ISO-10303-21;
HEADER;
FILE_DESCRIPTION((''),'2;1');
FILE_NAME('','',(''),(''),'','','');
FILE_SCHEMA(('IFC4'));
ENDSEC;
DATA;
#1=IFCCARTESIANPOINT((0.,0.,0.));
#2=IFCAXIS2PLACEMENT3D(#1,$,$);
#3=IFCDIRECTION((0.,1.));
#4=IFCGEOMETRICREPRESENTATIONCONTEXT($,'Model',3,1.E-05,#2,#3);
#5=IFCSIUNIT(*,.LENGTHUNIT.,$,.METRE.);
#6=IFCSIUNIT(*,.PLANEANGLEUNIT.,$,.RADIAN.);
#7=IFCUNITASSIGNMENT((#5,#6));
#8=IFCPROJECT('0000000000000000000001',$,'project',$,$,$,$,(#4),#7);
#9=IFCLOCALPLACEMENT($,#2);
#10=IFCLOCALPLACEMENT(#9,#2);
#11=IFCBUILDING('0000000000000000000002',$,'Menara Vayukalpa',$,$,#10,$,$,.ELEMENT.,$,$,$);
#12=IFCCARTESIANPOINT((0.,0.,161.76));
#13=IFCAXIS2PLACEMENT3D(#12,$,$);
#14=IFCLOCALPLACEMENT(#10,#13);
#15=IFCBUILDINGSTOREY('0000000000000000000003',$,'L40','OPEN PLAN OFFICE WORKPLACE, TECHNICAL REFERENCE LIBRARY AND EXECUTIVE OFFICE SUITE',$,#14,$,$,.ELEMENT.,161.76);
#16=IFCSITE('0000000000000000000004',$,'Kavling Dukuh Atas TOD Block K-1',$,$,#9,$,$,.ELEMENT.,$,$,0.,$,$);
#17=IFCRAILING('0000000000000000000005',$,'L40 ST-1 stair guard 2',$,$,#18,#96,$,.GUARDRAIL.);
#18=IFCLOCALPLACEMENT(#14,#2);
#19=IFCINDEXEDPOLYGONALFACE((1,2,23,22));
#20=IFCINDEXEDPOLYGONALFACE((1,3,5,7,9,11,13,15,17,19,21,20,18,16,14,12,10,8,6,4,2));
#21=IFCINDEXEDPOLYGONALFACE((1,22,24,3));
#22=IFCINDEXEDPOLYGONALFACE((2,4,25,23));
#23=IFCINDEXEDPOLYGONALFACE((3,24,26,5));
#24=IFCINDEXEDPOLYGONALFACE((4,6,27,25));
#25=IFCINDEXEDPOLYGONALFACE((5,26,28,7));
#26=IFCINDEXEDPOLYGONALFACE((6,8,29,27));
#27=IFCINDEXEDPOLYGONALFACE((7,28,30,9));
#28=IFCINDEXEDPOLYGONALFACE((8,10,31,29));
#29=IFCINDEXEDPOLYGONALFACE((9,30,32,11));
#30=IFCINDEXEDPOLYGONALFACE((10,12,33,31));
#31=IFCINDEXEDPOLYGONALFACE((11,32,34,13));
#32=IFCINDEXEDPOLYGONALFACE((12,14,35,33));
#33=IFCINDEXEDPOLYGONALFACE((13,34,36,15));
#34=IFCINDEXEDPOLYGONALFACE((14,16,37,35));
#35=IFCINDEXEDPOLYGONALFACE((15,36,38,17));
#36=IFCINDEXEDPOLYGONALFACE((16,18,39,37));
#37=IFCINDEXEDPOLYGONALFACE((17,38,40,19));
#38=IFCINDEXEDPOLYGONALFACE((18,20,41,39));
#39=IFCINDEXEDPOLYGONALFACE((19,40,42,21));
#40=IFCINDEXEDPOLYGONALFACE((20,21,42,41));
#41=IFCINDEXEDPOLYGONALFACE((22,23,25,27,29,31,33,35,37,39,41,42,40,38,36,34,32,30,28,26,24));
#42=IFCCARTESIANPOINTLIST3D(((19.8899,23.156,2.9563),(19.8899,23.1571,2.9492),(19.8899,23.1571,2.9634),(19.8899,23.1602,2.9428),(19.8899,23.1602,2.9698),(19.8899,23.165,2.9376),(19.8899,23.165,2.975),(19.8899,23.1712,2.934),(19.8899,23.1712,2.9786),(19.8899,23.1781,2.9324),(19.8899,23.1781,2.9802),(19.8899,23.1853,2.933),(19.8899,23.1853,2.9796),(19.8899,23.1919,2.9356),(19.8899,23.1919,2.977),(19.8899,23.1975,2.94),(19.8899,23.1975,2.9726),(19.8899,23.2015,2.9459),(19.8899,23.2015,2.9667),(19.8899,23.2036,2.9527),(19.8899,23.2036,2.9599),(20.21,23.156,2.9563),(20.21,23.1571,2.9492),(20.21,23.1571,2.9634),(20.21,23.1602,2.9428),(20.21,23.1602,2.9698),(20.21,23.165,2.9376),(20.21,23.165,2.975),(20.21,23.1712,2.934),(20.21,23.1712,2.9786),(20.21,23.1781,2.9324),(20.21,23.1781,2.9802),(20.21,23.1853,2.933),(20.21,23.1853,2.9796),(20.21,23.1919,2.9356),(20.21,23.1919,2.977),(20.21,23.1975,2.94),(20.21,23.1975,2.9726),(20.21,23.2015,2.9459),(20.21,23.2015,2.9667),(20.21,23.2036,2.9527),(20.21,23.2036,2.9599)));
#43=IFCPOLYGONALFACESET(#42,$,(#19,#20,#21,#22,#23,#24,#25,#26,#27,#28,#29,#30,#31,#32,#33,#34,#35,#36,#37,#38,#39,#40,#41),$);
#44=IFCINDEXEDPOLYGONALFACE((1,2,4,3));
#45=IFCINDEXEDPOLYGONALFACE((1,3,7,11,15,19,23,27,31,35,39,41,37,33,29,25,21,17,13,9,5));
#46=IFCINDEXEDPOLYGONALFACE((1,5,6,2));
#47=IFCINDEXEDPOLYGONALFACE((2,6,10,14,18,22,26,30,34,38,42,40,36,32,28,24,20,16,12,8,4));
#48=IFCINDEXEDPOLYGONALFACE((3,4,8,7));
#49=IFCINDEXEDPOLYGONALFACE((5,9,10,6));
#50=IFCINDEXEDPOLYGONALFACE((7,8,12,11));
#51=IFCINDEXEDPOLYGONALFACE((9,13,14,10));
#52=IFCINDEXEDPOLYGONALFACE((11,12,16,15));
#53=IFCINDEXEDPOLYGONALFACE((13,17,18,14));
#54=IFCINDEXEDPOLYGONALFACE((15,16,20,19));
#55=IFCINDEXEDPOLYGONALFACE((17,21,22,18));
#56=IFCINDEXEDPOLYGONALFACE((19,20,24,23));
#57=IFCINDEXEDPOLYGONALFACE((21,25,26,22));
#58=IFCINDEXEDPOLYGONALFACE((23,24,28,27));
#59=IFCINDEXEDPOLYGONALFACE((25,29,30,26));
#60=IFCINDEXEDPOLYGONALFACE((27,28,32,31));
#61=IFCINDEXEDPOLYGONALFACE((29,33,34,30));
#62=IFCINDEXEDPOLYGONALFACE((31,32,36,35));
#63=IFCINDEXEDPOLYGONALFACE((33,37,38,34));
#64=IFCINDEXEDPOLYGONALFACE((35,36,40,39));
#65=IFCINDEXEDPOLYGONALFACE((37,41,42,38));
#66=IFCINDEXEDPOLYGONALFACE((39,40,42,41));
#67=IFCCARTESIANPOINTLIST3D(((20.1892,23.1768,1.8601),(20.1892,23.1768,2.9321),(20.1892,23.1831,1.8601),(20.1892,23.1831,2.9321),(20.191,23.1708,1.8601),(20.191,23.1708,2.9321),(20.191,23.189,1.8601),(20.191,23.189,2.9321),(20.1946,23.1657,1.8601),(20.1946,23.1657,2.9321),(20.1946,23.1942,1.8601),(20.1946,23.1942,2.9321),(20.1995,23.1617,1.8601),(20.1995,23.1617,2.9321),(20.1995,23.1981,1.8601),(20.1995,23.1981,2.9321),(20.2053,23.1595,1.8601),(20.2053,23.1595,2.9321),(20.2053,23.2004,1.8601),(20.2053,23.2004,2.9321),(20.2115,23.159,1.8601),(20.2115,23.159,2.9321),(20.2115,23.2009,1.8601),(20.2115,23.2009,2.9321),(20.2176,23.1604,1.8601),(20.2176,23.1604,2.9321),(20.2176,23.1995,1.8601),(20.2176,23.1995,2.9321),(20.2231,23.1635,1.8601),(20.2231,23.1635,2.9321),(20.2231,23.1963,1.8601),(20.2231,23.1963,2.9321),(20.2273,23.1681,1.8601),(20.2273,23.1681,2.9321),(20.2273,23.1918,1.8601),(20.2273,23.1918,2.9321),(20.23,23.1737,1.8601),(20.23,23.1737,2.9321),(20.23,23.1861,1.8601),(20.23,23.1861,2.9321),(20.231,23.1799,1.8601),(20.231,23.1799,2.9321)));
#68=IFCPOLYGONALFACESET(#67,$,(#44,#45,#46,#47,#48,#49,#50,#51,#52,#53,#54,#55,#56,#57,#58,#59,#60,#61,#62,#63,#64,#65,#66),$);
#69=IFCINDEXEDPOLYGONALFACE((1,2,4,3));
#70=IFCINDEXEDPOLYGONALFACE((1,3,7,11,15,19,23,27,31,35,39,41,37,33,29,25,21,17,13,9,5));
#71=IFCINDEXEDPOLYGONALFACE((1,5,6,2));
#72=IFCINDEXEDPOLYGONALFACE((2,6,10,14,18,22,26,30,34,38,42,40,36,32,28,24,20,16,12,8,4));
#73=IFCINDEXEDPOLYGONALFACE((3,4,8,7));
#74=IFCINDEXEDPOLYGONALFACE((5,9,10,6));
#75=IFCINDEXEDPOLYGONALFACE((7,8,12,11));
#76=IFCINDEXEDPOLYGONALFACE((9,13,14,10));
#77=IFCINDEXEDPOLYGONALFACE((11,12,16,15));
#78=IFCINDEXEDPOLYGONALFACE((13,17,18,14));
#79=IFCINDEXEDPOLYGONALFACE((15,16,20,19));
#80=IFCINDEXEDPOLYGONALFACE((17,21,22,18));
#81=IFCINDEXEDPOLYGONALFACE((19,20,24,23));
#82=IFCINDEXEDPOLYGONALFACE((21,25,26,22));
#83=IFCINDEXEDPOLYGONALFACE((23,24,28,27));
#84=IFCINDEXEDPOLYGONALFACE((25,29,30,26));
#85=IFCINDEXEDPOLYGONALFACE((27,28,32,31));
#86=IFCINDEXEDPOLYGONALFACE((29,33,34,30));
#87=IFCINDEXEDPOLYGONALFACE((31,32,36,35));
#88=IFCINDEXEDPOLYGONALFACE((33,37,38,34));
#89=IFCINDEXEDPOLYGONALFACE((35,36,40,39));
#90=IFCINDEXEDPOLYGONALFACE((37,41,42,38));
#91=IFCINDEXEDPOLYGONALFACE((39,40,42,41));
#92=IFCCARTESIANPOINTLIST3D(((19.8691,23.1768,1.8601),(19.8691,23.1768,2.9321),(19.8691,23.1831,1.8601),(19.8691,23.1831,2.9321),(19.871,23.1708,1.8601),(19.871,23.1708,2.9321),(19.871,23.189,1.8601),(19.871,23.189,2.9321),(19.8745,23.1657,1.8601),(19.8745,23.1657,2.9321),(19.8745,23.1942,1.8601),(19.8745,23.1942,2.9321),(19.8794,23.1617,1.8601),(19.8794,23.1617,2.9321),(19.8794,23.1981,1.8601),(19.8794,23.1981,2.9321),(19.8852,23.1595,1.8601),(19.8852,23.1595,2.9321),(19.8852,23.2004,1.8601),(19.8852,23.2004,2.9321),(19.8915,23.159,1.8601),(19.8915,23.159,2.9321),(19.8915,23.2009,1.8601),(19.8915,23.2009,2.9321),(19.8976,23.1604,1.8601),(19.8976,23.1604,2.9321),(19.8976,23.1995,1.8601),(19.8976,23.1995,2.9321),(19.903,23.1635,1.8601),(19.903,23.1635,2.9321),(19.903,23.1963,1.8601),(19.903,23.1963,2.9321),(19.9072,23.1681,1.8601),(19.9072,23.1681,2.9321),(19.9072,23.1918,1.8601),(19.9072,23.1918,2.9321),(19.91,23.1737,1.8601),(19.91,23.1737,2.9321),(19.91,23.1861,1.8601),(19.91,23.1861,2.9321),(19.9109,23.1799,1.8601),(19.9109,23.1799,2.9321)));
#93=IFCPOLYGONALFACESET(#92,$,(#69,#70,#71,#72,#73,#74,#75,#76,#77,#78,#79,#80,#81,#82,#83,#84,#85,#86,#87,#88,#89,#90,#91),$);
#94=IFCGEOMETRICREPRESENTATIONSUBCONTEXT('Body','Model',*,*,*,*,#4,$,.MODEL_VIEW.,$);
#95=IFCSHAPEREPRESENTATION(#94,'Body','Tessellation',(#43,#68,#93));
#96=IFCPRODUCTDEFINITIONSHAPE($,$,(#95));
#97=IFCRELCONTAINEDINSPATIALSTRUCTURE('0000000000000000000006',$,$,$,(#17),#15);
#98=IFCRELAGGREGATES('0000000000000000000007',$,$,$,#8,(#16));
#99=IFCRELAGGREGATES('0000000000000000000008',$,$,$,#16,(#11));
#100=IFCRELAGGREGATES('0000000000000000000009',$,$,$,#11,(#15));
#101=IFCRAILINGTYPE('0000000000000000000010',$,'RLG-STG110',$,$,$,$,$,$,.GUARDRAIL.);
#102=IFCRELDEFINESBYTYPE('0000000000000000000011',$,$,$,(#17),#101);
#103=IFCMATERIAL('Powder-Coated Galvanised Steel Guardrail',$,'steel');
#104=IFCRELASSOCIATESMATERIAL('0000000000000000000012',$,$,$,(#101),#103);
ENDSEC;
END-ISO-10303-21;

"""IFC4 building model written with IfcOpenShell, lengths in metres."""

from ifc_helpers import new_model, si_unit, direction, frame, origin, origin_2d, place, context, subcontext, project, spatial, circle, extrude, material, type_object, element, save


model = new_model("IFC4")

# Units and contexts
model_context = context("Model", 3, precision=1e-05, world=origin(), true_north=direction((0.0, 1.0)))
body_context = subcontext(model_context, "Body", "Model", "MODEL_VIEW")
ifc_project = project(units=[si_unit("LENGTHUNIT", "METRE"), si_unit("PLANEANGLEUNIT", "RADIAN")], contexts=[model_context])

# Site, building, storey
site_placement = place(None, origin())
site = spatial("IfcSite", under=ifc_project, at=site_placement, Name="Kavling Dukuh Atas TOD Block K-1", CompositionType="ELEMENT", RefElevation=0.0)
building_placement = place(site_placement, origin())
building = spatial("IfcBuilding", under=site, at=building_placement, Name="Menara Vayukalpa", CompositionType="ELEMENT")
storey_placement = place(building_placement, frame((0.0, 0.0, 161.76)))
storey = spatial("IfcBuildingStorey", under=building, at=storey_placement, Name="L40", Description="OPEN PLAN OFFICE WORKPLACE, TECHNICAL REFERENCE LIBRARY AND EXECUTIVE OFFICE SUITE", CompositionType="ELEMENT", Elevation=161.76)

# Railing
ifc_material_1 = material(Name="Powder-Coated Galvanised Steel Guardrail", Category="steel")
railing_type_1 = type_object("IfcRailingType", Name="RLG-STG110", PredefinedType="GUARDRAIL", material=ifc_material_1)
railing_1_placement = place(storey_placement, frame((20.21, 23.1799, 1.8601)))
element("IfcRailing", 1, at=railing_1_placement, inside=storey, type_object=railing_type_1, Name="L40 ST-1 stair guard 2", PredefinedType="GUARDRAIL", context=body_context, shape_type="SweptSolid", body=[
    extrude(circle(Radius=0.0239, at=origin_2d()), frame((0.0, 0.0, 1.0962), z_axis=(-1.0, 0.0, 0.0), x_axis=(0.0, -1.0, 0.0)), (0.0, 0.0, 1.0), 0.3201),
    extrude(circle(Radius=0.021, at=origin_2d()), origin(), (0.0, 0.0, 1.0), 1.072),
    extrude(circle(Radius=0.021, at=origin_2d()), frame((-0.3201, 0.0, 0.0)), (0.0, 0.0, 1.0), 1.072),
])

save(model, "model.ifc")
